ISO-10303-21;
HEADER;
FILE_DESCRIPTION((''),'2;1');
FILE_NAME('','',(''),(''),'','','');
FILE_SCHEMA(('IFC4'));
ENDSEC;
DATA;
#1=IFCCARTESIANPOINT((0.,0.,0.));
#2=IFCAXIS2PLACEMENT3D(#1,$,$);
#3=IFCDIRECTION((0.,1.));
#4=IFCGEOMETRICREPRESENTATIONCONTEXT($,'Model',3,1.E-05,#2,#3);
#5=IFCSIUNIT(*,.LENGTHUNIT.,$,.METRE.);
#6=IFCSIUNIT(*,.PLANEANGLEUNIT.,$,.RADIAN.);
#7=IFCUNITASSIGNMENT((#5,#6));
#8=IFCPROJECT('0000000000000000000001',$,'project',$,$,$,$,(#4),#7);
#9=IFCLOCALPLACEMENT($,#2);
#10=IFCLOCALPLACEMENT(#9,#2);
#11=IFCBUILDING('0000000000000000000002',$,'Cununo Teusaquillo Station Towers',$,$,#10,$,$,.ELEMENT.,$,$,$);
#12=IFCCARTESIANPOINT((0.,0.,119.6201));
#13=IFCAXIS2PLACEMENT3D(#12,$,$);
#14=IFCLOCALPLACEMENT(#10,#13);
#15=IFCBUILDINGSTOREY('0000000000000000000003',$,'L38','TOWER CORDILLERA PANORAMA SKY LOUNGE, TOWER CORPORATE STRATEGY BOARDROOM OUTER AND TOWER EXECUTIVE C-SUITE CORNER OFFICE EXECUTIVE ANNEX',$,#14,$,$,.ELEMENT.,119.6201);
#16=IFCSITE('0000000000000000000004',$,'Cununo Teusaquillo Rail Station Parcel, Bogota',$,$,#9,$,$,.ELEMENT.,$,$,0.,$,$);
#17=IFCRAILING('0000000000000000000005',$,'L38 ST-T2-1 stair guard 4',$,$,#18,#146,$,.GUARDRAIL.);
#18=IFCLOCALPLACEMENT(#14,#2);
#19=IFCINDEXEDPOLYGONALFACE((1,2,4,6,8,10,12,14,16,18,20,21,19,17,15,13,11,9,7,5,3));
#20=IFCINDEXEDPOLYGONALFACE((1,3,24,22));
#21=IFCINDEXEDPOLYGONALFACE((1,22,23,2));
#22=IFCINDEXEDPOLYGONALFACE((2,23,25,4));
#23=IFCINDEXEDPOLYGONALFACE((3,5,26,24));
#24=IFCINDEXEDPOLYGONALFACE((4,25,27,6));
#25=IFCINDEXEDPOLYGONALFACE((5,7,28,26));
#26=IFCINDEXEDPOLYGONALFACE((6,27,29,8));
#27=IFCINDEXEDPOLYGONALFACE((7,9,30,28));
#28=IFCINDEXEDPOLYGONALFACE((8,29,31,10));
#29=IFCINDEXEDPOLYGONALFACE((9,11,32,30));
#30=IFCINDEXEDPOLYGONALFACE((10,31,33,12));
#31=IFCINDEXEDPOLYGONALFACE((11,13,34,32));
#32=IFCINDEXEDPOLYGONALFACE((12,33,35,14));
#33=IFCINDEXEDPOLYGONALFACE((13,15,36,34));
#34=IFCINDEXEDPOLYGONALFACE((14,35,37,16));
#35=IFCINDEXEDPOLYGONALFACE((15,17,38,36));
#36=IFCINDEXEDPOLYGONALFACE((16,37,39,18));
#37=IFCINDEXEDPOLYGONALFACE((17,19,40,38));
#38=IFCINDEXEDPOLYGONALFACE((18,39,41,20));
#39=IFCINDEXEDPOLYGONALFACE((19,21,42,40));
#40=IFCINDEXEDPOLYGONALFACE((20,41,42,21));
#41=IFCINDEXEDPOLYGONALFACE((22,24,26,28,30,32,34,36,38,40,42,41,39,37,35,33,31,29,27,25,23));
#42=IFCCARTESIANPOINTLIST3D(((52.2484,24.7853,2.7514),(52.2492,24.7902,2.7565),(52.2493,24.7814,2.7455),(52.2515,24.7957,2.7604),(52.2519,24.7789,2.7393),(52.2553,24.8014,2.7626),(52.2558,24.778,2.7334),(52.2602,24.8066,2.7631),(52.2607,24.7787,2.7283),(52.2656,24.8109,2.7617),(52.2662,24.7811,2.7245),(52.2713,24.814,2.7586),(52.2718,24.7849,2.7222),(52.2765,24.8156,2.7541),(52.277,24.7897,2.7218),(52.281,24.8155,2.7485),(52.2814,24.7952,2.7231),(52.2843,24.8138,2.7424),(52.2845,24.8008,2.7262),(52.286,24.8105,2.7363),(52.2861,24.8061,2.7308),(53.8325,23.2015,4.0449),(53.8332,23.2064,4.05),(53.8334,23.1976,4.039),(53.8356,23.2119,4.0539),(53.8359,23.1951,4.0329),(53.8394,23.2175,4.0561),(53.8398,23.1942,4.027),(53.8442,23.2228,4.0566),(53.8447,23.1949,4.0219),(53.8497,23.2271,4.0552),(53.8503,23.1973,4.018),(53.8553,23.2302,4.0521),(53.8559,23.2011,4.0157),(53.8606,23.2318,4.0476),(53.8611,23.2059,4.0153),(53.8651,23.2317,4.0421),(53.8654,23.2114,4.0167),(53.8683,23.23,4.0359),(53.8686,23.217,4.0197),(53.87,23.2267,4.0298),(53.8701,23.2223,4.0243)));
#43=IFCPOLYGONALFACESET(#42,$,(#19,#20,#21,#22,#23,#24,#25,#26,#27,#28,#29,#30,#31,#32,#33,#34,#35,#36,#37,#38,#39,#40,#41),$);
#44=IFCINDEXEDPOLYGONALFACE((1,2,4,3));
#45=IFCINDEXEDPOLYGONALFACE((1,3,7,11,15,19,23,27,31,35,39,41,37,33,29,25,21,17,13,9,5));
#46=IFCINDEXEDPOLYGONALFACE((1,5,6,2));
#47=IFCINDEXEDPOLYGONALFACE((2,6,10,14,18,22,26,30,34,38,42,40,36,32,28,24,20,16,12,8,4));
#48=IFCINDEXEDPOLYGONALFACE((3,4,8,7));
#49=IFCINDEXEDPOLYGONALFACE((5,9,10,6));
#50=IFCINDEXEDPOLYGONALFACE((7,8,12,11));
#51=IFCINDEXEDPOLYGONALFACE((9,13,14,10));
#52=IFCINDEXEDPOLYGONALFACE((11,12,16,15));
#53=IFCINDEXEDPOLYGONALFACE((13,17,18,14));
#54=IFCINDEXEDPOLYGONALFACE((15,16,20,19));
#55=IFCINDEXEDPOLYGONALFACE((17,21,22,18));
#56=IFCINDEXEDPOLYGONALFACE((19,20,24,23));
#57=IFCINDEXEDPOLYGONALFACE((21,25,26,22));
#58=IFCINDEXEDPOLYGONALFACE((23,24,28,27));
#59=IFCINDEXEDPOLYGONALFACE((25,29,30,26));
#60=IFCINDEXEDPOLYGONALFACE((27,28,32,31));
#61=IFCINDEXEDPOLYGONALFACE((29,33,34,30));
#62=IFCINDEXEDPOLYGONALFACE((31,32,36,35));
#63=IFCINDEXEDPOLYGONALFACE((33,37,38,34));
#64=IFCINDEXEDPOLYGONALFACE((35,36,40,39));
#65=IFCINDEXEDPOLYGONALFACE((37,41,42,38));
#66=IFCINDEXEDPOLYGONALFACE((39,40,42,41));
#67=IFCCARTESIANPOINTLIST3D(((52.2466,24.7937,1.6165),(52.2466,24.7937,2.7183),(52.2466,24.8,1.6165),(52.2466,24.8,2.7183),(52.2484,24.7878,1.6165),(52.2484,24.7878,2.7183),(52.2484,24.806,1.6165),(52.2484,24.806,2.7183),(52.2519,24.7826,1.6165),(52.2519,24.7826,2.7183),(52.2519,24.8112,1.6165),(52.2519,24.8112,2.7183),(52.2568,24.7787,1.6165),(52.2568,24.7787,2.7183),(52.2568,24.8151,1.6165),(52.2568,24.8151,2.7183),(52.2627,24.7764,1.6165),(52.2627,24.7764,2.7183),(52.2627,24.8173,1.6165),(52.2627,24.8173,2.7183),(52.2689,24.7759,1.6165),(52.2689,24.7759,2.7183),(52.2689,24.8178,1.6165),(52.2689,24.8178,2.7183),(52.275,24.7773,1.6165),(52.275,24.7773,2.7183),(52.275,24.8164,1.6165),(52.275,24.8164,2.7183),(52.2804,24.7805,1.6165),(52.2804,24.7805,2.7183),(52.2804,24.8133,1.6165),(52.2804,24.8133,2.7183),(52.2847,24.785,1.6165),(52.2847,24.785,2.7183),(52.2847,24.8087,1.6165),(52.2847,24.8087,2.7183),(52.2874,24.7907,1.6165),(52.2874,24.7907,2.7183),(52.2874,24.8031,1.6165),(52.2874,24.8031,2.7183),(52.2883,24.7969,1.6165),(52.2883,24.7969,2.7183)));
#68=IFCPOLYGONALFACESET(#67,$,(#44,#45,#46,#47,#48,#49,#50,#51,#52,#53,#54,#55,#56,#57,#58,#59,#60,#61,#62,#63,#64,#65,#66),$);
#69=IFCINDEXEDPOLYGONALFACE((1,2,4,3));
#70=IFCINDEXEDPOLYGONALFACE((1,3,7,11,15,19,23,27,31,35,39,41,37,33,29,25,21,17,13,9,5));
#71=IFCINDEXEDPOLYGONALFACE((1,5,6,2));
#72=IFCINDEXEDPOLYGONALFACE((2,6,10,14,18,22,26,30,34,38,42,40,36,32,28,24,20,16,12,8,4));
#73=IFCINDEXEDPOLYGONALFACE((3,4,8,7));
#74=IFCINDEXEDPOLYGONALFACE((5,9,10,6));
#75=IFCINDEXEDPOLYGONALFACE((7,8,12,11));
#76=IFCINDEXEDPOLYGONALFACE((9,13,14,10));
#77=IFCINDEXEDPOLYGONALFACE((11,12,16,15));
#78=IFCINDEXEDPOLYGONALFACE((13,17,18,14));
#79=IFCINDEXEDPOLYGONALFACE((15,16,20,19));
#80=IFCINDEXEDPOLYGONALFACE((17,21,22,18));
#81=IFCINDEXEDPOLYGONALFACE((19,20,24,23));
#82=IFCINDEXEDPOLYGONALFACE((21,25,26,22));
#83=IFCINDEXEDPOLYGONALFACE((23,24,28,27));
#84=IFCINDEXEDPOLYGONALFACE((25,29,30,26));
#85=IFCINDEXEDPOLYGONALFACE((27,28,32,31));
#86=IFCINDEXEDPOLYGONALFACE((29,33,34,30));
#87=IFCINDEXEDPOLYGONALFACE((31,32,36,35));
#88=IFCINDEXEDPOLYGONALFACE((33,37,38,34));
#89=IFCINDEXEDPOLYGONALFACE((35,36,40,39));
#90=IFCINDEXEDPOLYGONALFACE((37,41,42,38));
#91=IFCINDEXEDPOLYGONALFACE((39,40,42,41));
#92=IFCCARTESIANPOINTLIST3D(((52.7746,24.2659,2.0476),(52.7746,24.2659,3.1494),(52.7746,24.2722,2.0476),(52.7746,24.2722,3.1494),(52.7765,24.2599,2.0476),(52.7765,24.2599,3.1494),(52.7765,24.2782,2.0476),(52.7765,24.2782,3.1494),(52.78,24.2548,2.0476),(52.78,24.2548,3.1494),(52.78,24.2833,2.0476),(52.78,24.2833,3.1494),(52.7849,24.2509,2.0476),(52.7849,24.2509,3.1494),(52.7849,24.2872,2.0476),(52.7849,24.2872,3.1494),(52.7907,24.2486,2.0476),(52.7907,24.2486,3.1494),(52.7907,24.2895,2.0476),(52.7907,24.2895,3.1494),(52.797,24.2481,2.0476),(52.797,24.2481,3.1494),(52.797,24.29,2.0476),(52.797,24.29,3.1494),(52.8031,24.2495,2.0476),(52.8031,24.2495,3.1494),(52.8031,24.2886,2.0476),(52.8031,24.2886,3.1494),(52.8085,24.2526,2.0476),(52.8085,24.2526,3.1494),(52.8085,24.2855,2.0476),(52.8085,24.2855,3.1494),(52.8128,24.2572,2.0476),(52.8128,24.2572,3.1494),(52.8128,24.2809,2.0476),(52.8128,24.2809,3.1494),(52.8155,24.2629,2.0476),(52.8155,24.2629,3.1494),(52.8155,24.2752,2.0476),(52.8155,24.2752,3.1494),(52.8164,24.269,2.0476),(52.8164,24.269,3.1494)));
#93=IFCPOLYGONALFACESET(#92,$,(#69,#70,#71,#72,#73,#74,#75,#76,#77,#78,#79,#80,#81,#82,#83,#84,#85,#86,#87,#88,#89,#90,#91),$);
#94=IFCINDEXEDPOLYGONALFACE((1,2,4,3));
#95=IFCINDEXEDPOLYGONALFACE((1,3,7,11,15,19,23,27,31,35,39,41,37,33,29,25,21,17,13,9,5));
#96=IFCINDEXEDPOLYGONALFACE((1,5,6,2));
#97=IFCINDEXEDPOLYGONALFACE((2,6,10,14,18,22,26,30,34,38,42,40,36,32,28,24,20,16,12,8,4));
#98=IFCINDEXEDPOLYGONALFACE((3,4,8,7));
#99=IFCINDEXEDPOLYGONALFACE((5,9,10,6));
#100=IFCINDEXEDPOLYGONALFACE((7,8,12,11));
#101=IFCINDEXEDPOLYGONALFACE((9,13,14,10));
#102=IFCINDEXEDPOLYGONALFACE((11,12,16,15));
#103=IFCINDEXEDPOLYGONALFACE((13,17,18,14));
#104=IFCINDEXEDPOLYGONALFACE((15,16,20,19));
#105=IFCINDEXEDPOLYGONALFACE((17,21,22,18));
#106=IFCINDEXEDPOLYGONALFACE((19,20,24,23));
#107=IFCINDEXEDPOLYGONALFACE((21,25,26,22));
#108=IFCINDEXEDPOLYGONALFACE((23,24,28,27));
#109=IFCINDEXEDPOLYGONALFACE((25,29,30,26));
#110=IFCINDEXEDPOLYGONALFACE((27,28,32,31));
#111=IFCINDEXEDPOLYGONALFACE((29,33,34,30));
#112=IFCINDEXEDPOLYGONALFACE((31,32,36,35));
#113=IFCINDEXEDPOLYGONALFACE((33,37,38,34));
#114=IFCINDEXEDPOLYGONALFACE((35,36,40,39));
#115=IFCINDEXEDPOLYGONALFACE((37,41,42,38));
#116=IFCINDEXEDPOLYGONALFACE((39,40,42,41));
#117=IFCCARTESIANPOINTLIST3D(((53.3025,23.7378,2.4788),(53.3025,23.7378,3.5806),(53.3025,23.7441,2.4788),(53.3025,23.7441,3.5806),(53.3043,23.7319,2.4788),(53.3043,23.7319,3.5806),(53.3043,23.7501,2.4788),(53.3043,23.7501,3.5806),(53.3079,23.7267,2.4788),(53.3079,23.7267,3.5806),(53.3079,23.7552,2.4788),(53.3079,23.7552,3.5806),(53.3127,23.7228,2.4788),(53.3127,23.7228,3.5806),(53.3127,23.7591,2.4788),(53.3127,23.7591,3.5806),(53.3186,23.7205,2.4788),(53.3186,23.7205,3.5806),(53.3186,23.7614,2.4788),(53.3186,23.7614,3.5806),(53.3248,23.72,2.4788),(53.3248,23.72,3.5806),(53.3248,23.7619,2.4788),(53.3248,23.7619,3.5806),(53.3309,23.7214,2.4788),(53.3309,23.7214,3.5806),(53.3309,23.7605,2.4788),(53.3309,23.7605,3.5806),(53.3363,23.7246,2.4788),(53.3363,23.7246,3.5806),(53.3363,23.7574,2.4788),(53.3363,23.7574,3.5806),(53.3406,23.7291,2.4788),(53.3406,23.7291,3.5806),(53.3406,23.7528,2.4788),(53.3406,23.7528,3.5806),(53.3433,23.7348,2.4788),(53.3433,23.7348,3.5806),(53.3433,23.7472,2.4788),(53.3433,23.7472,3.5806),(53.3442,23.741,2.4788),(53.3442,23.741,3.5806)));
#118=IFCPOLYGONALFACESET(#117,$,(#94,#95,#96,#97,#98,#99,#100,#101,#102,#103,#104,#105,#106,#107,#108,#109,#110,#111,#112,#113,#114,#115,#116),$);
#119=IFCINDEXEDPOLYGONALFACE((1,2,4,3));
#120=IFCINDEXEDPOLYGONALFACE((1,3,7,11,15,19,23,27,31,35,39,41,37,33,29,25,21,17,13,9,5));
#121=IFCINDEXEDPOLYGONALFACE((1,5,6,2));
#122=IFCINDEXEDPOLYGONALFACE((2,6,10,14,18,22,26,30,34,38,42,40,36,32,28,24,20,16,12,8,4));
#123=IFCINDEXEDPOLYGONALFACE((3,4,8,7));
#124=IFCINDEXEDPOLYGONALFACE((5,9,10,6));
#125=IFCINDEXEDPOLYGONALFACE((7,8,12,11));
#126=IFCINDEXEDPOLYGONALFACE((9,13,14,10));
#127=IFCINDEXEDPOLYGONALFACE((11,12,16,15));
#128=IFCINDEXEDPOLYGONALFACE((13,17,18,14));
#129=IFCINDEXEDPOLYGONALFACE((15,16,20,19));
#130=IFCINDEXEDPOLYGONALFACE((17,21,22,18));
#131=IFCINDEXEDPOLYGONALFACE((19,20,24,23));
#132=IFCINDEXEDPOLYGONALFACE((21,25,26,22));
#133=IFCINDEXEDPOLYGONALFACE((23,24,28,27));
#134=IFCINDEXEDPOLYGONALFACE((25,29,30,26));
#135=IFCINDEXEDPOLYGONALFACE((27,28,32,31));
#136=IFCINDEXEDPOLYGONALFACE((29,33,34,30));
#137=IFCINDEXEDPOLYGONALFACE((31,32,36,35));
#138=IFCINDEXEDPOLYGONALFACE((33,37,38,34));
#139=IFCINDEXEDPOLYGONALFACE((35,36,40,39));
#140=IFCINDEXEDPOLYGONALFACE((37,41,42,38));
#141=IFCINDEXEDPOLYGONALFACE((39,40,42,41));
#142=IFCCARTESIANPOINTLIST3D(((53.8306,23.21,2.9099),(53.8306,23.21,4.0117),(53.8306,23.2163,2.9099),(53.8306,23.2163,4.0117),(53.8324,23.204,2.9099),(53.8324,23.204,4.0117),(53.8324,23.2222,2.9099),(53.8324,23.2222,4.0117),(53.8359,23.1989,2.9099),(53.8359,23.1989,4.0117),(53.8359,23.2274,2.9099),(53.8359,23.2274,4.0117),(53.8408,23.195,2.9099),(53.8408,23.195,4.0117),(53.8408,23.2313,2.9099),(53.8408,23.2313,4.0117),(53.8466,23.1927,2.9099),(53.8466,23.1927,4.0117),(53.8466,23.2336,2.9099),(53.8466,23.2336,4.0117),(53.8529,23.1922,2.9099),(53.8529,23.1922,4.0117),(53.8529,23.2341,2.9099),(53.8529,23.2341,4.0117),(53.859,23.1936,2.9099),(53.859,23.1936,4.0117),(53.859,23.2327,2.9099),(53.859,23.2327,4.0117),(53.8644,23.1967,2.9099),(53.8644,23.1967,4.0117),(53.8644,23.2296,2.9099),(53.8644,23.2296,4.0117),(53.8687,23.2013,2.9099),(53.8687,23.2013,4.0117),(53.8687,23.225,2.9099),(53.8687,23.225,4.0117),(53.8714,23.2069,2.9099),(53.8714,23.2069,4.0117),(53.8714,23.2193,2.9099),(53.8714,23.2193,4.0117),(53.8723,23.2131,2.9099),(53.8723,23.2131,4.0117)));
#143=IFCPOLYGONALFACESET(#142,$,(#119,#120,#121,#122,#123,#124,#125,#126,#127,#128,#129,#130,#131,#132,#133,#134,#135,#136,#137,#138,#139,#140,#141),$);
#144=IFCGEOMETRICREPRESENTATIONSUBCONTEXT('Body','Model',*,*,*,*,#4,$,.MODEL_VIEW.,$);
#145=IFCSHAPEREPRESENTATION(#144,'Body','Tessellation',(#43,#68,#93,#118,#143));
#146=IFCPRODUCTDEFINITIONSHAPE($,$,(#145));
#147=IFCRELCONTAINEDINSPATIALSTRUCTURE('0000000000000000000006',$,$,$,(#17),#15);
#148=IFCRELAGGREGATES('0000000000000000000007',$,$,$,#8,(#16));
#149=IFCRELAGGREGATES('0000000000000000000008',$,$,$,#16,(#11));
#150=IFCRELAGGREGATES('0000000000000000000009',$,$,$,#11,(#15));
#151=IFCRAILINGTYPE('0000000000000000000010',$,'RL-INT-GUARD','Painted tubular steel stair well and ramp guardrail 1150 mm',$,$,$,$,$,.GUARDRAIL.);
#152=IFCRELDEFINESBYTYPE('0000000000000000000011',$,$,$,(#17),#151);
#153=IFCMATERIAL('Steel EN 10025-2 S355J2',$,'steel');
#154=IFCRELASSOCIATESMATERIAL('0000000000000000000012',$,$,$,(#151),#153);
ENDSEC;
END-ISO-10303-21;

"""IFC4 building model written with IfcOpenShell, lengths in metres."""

from ifc_helpers import new_model, si_unit, direction, frame, origin, origin_2d, place, context, subcontext, project, spatial, circle, extrude, material, type_object, element, save


model = new_model("IFC4")

# Units and contexts
model_context = context("Model", 3, precision=1e-05, world=origin(), true_north=direction((0.0, 1.0)))
body_context = subcontext(model_context, "Body", "Model", "MODEL_VIEW")
ifc_project = project(units=[si_unit("LENGTHUNIT", "METRE"), si_unit("PLANEANGLEUNIT", "RADIAN")], contexts=[model_context])

# Site, building, storey
site_placement = place(None, origin())
site = spatial("IfcSite", under=ifc_project, at=site_placement, Name="Cununo Teusaquillo Rail Station Parcel, Bogota", CompositionType="ELEMENT", RefElevation=0.0)
building_placement = place(site_placement, origin())
building = spatial("IfcBuilding", under=site, at=building_placement, Name="Cununo Teusaquillo Station Towers", CompositionType="ELEMENT")
storey_placement = place(building_placement, frame((0.0, 0.0, 119.6201)))
storey = spatial("IfcBuildingStorey", under=building, at=storey_placement, Name="L38", Description="TOWER CORDILLERA PANORAMA SKY LOUNGE, TOWER CORPORATE STRATEGY BOARDROOM OUTER AND TOWER EXECUTIVE C-SUITE CORNER OFFICE EXECUTIVE ANNEX", CompositionType="ELEMENT", Elevation=119.6201)

# Railing
ifc_material_1 = material(Name="Steel EN 10025-2 S355J2", Category="steel")
railing_type_1 = type_object("IfcRailingType", Name="RL-INT-GUARD", Description="Painted tubular steel stair well and ramp guardrail 1150 mm", PredefinedType="GUARDRAIL", material=ifc_material_1)
railing_1_placement = place(storey_placement, frame((52.2673, 24.7969, 1.6165)))
element("IfcRailing", 1, at=railing_1_placement, inside=storey, type_object=railing_type_1, Name="L38 ST-T2-1 stair guard 4", PredefinedType="GUARDRAIL", context=body_context, shape_type="SweptSolid", body=[
    extrude(circle(Radius=0.0239, at=origin_2d()), frame((0.0, 0.0, 1.126), z_axis=(0.612391, -0.612297, 0.500069), x_axis=(0.707052, 0.707161, 0.0)), (0.0, 0.0, 1.0), 2.5867),
    extrude(circle(Radius=0.021, at=origin_2d()), origin(), (0.0, 0.0, 1.0), 1.1018),
    extrude(circle(Radius=0.021, at=origin_2d()), frame((0.5281, -0.5278, 0.4312)), (0.0, 0.0, 1.0), 1.1018),
    extrude(circle(Radius=0.021, at=origin_2d()), frame((1.0559, -1.0559, 0.8623)), (0.0, 0.0, 1.0), 1.1018),
    extrude(circle(Radius=0.021, at=origin_2d()), frame((1.584, -1.5837, 1.2935)), (0.0, 0.0, 1.0), 1.1018),
])

save(model, "model.ifc")
